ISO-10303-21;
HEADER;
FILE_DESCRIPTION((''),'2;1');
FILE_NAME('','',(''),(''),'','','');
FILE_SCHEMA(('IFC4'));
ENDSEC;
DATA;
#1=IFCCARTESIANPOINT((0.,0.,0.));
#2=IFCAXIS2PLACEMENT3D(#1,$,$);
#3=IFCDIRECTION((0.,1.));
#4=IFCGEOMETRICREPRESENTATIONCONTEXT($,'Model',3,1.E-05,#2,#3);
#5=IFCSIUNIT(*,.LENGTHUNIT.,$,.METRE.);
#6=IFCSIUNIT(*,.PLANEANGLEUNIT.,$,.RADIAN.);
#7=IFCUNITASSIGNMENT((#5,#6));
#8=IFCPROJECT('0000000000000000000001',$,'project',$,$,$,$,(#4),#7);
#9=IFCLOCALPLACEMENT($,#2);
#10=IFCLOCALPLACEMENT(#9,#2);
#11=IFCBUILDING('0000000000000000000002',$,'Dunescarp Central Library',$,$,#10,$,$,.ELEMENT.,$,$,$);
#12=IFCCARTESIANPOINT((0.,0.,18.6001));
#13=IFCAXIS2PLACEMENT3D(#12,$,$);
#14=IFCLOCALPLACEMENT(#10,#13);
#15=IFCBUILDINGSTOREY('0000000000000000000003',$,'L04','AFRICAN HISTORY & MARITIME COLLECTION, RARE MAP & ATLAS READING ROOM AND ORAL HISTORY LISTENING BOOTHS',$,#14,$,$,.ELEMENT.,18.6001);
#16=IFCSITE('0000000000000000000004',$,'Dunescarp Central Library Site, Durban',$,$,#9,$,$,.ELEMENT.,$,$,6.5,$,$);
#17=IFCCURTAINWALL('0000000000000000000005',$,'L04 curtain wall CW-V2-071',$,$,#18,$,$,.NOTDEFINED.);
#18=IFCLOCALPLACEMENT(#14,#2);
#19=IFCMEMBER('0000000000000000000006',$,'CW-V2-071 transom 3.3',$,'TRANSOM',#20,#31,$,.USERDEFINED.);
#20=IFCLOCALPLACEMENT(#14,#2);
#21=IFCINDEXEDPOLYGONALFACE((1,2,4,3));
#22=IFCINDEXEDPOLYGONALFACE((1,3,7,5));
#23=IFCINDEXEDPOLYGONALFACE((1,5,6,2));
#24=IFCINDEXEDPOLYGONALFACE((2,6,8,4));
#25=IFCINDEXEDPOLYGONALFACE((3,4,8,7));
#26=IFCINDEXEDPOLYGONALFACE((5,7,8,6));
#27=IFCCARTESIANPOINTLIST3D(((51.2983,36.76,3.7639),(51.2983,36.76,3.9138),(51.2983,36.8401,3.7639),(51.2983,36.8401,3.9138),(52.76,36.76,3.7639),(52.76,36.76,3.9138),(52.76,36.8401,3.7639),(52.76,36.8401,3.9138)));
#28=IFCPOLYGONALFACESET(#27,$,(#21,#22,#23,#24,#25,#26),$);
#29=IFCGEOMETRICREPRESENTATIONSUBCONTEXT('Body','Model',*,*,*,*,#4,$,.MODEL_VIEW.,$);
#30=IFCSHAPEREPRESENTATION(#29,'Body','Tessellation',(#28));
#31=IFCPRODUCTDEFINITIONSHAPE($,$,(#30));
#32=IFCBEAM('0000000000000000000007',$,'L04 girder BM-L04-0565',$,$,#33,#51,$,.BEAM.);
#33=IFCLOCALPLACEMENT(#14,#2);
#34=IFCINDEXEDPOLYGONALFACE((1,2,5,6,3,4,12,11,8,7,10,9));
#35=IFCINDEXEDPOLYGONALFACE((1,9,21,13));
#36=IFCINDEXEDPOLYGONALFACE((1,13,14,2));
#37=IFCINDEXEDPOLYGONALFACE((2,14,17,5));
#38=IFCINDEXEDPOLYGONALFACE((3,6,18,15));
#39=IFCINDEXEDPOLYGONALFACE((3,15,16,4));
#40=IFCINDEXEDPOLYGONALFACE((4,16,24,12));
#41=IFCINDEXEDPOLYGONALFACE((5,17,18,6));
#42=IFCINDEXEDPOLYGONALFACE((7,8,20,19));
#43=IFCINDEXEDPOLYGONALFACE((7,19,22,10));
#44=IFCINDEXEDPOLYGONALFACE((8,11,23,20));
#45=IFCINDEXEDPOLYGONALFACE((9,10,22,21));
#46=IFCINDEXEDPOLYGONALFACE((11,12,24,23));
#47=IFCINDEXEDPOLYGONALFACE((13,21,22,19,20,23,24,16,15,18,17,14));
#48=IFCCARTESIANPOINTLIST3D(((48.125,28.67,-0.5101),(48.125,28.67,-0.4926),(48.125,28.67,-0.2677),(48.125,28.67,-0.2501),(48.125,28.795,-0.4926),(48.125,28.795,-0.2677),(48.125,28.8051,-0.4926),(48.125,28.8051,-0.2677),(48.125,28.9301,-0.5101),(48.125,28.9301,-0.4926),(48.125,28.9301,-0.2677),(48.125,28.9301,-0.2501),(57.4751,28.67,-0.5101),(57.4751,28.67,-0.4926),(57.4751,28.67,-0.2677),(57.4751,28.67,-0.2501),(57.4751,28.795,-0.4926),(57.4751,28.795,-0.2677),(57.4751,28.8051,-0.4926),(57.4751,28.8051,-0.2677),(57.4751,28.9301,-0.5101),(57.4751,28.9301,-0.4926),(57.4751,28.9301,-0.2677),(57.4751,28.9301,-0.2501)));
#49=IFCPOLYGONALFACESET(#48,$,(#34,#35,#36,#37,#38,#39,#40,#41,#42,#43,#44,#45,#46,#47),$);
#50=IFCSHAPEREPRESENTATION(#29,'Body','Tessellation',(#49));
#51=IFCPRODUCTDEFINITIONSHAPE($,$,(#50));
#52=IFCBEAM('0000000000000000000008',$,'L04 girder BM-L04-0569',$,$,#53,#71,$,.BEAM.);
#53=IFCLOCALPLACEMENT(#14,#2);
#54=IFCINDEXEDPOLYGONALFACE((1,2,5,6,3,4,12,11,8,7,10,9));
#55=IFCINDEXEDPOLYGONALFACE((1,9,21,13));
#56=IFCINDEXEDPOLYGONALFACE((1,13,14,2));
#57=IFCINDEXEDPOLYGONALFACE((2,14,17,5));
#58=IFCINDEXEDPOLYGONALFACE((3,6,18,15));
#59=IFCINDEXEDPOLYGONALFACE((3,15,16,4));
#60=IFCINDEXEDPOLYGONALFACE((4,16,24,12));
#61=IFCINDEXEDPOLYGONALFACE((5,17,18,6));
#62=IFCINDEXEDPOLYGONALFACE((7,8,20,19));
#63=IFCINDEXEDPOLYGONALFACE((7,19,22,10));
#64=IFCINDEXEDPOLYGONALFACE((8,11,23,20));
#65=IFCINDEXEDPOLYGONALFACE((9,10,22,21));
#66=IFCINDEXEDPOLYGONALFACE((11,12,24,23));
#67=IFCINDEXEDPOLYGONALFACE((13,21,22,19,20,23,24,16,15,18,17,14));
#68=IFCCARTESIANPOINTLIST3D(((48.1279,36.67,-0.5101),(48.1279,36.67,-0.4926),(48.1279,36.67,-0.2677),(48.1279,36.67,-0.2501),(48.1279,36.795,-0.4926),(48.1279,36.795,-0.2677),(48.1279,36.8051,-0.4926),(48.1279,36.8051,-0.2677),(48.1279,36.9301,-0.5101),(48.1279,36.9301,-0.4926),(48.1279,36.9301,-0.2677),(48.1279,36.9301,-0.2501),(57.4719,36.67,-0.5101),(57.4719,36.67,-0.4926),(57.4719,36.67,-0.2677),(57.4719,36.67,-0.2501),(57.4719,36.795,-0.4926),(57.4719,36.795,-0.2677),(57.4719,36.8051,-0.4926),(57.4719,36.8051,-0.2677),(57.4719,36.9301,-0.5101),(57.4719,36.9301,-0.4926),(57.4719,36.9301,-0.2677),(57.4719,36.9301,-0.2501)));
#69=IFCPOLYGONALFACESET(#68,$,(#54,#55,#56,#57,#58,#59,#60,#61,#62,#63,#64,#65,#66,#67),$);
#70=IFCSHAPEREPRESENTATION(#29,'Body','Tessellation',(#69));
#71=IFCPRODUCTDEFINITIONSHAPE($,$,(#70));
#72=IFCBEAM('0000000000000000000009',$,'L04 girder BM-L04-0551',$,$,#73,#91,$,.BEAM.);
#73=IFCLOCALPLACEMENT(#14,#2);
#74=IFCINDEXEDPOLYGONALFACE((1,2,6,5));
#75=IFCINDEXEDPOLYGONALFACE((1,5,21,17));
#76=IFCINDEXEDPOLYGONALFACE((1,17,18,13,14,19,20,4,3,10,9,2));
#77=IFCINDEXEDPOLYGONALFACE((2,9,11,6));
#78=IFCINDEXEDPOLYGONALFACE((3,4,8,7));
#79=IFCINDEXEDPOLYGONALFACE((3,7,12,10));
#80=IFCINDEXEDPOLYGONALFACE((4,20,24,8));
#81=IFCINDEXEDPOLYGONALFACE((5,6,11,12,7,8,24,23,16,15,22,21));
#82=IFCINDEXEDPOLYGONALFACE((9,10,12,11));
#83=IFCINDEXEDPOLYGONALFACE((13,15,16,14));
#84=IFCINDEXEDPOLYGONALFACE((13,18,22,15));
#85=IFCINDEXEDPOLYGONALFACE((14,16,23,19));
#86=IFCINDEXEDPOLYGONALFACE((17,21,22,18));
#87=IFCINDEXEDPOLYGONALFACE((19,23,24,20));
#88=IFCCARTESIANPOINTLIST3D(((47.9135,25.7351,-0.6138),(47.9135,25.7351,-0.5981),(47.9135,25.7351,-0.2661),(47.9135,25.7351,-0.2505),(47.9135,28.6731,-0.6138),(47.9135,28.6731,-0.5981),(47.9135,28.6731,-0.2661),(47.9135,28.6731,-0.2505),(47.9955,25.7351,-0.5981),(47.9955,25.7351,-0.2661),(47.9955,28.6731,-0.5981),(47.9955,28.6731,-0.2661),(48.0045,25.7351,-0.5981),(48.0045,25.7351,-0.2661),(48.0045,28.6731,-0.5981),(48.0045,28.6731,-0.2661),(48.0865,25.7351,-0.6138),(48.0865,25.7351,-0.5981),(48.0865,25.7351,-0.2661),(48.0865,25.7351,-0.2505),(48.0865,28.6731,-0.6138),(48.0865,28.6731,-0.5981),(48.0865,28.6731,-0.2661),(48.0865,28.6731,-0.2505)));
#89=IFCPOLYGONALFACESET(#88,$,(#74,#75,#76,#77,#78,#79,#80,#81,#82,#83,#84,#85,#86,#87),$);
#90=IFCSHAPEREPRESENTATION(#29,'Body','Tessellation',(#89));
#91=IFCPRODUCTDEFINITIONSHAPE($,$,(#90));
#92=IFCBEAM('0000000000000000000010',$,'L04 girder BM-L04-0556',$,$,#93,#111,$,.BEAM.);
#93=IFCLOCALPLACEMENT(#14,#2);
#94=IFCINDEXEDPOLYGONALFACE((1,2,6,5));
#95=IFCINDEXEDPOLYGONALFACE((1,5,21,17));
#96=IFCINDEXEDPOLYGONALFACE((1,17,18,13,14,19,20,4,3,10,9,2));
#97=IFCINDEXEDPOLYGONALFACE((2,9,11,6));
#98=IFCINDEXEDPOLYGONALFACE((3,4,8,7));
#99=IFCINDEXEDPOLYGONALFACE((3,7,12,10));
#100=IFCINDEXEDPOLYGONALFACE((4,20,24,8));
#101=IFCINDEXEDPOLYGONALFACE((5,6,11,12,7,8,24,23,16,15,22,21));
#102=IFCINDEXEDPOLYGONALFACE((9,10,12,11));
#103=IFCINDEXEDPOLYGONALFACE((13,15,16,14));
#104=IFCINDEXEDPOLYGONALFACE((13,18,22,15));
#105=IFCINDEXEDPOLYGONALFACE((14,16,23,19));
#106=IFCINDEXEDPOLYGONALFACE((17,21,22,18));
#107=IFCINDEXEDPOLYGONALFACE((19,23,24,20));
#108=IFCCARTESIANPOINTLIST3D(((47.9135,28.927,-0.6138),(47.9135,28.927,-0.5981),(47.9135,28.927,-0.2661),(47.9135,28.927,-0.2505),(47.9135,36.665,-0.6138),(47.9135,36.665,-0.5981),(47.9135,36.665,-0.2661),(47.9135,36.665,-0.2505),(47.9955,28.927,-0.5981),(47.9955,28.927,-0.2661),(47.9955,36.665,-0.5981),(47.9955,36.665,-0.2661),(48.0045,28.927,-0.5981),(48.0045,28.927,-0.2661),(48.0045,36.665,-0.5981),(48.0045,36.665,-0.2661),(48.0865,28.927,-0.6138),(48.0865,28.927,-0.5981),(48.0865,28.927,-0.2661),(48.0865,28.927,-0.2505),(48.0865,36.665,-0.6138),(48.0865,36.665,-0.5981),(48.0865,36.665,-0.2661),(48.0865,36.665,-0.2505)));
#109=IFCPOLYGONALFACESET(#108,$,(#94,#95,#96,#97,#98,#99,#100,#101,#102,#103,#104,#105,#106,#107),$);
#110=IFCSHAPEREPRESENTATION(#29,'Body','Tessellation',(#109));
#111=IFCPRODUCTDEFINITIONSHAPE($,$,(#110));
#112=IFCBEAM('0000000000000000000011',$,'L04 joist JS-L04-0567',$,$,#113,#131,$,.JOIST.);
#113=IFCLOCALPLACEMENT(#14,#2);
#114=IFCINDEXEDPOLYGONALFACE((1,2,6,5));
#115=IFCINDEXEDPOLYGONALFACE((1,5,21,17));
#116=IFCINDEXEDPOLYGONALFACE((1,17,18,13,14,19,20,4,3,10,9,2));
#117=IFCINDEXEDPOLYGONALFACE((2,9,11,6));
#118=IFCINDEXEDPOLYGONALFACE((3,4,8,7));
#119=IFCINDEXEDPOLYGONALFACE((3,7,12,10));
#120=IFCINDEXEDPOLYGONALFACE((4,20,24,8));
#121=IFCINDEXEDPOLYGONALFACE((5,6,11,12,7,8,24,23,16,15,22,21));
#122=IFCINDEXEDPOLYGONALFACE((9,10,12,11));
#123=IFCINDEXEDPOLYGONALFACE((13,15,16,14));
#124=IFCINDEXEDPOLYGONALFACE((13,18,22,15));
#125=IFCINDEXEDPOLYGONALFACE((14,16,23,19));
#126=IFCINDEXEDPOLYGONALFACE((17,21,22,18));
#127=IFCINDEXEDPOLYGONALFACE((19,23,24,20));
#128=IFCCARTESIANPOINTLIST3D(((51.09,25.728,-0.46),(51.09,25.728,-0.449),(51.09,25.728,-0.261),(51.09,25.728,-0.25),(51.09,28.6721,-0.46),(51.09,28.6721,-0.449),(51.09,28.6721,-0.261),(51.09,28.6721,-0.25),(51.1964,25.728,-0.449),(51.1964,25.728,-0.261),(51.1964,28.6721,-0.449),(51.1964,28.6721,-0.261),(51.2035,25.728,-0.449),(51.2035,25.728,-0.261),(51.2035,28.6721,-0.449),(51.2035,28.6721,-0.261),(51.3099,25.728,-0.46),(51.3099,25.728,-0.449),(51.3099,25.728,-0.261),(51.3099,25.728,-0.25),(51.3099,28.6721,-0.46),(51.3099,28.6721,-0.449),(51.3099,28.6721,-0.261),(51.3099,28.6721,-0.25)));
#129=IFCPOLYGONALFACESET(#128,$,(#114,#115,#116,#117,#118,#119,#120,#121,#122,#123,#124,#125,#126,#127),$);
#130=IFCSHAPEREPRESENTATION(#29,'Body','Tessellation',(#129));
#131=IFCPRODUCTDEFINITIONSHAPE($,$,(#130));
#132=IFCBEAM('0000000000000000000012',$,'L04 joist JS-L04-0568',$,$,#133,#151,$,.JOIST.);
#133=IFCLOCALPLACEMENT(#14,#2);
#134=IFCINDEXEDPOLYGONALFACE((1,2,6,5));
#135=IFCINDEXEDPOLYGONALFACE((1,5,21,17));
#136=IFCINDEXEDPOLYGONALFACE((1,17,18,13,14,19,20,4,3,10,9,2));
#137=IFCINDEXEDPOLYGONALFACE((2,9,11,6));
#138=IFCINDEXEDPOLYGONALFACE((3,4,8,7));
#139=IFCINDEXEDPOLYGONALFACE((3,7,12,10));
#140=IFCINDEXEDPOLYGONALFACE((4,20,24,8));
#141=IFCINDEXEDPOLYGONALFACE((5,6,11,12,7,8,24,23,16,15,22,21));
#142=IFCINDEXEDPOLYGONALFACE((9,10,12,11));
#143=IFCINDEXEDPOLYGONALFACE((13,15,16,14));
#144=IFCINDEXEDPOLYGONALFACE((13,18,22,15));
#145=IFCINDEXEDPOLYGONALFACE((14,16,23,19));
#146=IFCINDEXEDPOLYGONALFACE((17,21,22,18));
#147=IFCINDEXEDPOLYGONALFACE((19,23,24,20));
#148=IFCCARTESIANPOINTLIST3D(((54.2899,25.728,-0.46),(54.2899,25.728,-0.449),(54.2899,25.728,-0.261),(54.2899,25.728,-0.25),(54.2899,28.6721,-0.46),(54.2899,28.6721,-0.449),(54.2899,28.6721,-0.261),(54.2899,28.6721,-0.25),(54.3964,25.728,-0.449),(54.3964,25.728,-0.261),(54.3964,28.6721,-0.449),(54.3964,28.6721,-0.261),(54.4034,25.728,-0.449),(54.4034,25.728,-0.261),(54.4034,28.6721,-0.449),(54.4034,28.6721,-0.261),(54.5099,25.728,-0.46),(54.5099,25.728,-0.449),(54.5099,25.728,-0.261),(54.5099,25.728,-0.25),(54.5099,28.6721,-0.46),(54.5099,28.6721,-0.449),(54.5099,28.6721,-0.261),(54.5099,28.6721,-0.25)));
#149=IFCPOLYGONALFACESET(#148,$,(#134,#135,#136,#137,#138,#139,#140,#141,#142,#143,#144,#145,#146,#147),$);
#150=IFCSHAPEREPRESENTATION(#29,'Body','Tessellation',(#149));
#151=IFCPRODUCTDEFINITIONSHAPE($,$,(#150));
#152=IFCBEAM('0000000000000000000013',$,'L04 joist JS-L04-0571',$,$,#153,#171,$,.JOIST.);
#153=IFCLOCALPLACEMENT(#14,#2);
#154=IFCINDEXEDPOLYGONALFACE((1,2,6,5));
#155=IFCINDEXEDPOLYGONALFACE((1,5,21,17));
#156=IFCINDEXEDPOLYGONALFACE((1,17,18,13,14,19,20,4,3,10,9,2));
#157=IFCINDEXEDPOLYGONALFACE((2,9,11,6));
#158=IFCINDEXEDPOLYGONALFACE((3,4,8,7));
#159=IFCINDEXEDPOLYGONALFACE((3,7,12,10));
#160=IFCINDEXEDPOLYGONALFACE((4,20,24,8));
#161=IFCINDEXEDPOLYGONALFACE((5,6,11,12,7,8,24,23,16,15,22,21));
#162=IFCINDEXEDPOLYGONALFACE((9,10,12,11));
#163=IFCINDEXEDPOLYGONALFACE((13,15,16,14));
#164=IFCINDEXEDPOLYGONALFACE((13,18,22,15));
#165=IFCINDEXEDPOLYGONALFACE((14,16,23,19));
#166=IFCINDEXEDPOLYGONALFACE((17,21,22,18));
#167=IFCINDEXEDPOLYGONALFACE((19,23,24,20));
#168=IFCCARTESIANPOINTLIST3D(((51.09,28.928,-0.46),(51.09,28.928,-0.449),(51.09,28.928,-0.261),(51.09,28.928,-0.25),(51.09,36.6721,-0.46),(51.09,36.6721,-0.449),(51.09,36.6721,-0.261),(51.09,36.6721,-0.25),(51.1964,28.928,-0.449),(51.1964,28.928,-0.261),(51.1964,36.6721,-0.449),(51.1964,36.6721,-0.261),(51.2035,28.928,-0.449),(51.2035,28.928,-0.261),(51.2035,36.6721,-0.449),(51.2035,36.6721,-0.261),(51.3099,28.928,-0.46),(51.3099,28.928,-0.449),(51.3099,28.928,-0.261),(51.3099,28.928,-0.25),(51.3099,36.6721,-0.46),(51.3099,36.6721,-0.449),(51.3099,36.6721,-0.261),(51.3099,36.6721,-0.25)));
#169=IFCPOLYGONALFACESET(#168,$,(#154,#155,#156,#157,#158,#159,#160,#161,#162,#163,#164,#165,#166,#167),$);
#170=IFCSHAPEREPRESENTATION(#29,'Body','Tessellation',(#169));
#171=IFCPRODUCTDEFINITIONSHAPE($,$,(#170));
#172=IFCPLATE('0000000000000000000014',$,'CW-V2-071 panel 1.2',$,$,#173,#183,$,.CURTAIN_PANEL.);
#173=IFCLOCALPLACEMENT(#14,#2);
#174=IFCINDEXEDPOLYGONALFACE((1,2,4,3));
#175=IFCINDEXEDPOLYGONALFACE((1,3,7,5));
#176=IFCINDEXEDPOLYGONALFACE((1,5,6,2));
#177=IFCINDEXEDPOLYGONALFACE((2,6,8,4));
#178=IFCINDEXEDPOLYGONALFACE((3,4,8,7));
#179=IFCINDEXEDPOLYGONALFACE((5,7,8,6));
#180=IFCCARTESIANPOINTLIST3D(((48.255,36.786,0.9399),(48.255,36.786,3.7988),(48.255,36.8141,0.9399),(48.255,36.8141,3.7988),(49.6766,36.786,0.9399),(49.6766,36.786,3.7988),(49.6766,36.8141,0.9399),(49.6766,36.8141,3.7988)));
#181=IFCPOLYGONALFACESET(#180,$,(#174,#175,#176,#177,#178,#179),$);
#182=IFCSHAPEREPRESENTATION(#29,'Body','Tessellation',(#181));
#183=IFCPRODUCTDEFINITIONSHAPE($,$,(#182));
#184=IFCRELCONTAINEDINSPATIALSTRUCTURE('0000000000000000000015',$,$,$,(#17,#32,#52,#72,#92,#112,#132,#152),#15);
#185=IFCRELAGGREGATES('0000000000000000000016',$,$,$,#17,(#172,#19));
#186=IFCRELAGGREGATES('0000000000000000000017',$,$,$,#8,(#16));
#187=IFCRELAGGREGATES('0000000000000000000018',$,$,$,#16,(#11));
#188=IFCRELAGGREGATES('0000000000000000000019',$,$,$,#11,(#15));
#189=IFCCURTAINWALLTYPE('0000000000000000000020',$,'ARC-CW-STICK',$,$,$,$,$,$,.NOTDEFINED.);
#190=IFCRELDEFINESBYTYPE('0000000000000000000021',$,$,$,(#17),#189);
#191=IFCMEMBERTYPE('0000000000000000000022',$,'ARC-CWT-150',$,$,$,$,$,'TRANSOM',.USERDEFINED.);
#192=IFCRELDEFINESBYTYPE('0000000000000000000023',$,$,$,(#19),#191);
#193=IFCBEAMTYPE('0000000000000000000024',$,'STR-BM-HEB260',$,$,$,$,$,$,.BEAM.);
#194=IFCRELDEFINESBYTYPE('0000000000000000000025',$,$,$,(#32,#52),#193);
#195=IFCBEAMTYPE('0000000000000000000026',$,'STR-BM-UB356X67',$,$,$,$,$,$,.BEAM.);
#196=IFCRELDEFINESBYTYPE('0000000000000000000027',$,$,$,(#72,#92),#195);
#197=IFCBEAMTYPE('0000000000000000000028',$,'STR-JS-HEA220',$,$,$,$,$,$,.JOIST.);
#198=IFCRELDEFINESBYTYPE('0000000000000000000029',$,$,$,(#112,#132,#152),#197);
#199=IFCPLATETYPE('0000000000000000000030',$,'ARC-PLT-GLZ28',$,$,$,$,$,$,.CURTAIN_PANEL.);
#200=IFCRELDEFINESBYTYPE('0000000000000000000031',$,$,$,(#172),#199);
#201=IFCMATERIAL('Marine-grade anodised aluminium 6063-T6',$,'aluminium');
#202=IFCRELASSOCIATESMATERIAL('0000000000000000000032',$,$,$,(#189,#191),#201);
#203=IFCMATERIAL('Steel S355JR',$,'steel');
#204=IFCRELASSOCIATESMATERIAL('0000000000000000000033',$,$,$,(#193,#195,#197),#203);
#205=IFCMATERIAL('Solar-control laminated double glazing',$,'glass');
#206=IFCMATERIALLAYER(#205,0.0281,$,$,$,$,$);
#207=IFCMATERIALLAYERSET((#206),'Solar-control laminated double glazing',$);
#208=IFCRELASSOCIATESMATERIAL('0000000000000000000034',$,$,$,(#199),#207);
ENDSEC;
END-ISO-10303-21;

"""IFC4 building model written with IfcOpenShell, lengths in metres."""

from ifc_helpers import new_model, si_unit, direction, frame, origin, origin_2d, place, context, subcontext, project, spatial, rectangle, i_section, extrude, material, layer, layer_set, material_profile, profile_set, type_object, element, aggregate, save


model = new_model("IFC4")

# Units and contexts
model_context = context("Model", 3, precision=1e-05, world=origin(), true_north=direction((0.0, 1.0)))
body_context = subcontext(model_context, "Body", "Model", "MODEL_VIEW")
ifc_project = project(units=[si_unit("LENGTHUNIT", "METRE"), si_unit("PLANEANGLEUNIT", "RADIAN")], contexts=[model_context])

# Site, building, storey
site_placement = place(None, origin())
site = spatial("IfcSite", under=ifc_project, at=site_placement, Name="Dunescarp Central Library Site, Durban", CompositionType="ELEMENT", RefElevation=6.5)
building_placement = place(site_placement, origin())
building = spatial("IfcBuilding", under=site, at=building_placement, Name="Dunescarp Central Library", CompositionType="ELEMENT")
storey_placement = place(building_placement, frame((0.0, 0.0, 18.6001)))
storey = spatial("IfcBuildingStorey", under=building, at=storey_placement, Name="L04", Description="AFRICAN HISTORY & MARITIME COLLECTION, RARE MAP & ATLAS READING ROOM AND ORAL HISTORY LISTENING BOOTHS", CompositionType="ELEMENT", Elevation=18.6001)

# Shared definitions
ifc_material_1 = material(Name="Steel S355JR", Category="steel")

# Curtain wall, member
ifc_material_2 = material(Name="Marine-grade anodised aluminium 6063-T6", Category="aluminium")
curtain_wall_type = type_object("IfcCurtainWallType", Name="ARC-CW-STICK", PredefinedType="NOTDEFINED", material=ifc_material_2)
curtain_wall_placement = place(storey_placement, origin())
curtain_wall = element("IfcCurtainWall", 1, at=curtain_wall_placement, inside=storey, type_object=curtain_wall_type, Name="L04 curtain wall CW-V2-071", PredefinedType="NOTDEFINED")
ifc_material_profile_1 = material_profile(ifc_material_2, rectangle(XDim=0.0801, YDim=0.1499, at=origin_2d()), Name="AL 80x150")
ifc_profile_set_1 = profile_set([ifc_material_profile_1], Name="Marine-grade anodised aluminium 6063-T6")
member_type_1 = type_object("IfcMemberType", Name="ARC-CWT-150", ElementType="TRANSOM", PredefinedType="USERDEFINED", material=ifc_profile_set_1)
member_1_placement = place(storey_placement, frame((51.2983, 36.8, 3.8389), z_axis=(1.0, 0.0, 0.0), x_axis=(0.0, 1.0, 0.0)))
member_1 = element("IfcMember", 2, at=member_1_placement, type_object=member_type_1, Name="CW-V2-071 transom 3.3", ObjectType="TRANSOM", PredefinedType="USERDEFINED", context=body_context, shape_type="SweptSolid", body=[
    extrude(rectangle(XDim=0.0801, YDim=0.1499, at=origin_2d()), origin(), (0.0, 0.0, 1.0), 1.4617),
])

# Beams
ifc_material_profile_2 = material_profile(ifc_material_1, i_section(OverallWidth=0.26, OverallDepth=0.26, WebThickness=0.01, FlangeThickness=0.0176, at=origin_2d()), Name="HEB 260")
ifc_profile_set_2 = profile_set([ifc_material_profile_2], Name="Steel S355JR")
beam_type_1 = type_object("IfcBeamType", Name="STR-BM-HEB260", PredefinedType="BEAM", material=ifc_profile_set_2)
beam_1_placement = place(storey_placement, frame((48.125, 28.8, -0.3801), z_axis=(1.0, 0.0, 0.0), x_axis=(0.0, 1.0, 0.0)))
element("IfcBeam", 3, at=beam_1_placement, inside=storey, type_object=beam_type_1, Name="L04 girder BM-L04-0565", PredefinedType="BEAM", context=body_context, shape_type="SweptSolid", body=[
    extrude(i_section(OverallWidth=0.26, OverallDepth=0.26, WebThickness=0.01, FlangeThickness=0.0176, at=origin_2d()), origin(), (0.0, 0.0, 1.0), 9.3501),
])
beam_2_placement = place(storey_placement, frame((48.1279, 36.8, -0.3801), z_axis=(1.0, 0.0, 0.0), x_axis=(0.0, 1.0, 0.0)))
element("IfcBeam", 4, at=beam_2_placement, inside=storey, type_object=beam_type_1, Name="L04 girder BM-L04-0569", PredefinedType="BEAM", context=body_context, shape_type="SweptSolid", body=[
    extrude(i_section(OverallWidth=0.26, OverallDepth=0.26, WebThickness=0.01, FlangeThickness=0.0176, at=origin_2d()), origin(), (0.0, 0.0, 1.0), 9.344),
])
ifc_material_profile_3 = material_profile(ifc_material_1, i_section(OverallWidth=0.1731, OverallDepth=0.3633, WebThickness=0.009, FlangeThickness=0.0156, at=origin_2d()), Name="UB 356x171x67")
ifc_profile_set_3 = profile_set([ifc_material_profile_3], Name="Steel S355JR")
beam_type_2 = type_object("IfcBeamType", Name="STR-BM-UB356X67", PredefinedType="BEAM", material=ifc_profile_set_3)
beam_3_placement = place(storey_placement, frame((48.0, 25.7351, -0.4321), z_axis=(0.0, 1.0, 0.0), x_axis=(-1.0, 0.0, 0.0)))
element("IfcBeam", 5, at=beam_3_placement, inside=storey, type_object=beam_type_2, Name="L04 girder BM-L04-0551", PredefinedType="BEAM", context=body_context, shape_type="SweptSolid", body=[
    extrude(i_section(OverallWidth=0.1731, OverallDepth=0.3633, WebThickness=0.009, FlangeThickness=0.0156, at=origin_2d()), origin(), (0.0, 0.0, 1.0), 2.938),
])
beam_4_placement = place(storey_placement, frame((48.0, 28.927, -0.4321), z_axis=(0.0, 1.0, 0.0), x_axis=(-1.0, 0.0, 0.0)))
element("IfcBeam", 6, at=beam_4_placement, inside=storey, type_object=beam_type_2, Name="L04 girder BM-L04-0556", PredefinedType="BEAM", context=body_context, shape_type="SweptSolid", body=[
    extrude(i_section(OverallWidth=0.1731, OverallDepth=0.3633, WebThickness=0.009, FlangeThickness=0.0156, at=origin_2d()), origin(), (0.0, 0.0, 1.0), 7.738),
])
ifc_material_profile_4 = material_profile(ifc_material_1, i_section(OverallWidth=0.22, OverallDepth=0.21, WebThickness=0.0071, FlangeThickness=0.011, at=origin_2d()), Name="HEA 220")
ifc_profile_set_4 = profile_set([ifc_material_profile_4], Name="Steel S355JR")
beam_type_3 = type_object("IfcBeamType", Name="STR-JS-HEA220", PredefinedType="JOIST", material=ifc_profile_set_4)
for number, where, z_axis, x_axis, name in (
    (7, (51.2, 25.728, -0.355), (0.0, 1.0, 0.0), (-1.0, 0.0, 0.0), "L04 joist JS-L04-0567"),
    (8, (54.3999, 25.728, -0.355), (0.0, 1.0, 0.0), (-1.0, 0.0, 0.0), "L04 joist JS-L04-0568"),
):
    element("IfcBeam", number, at=place(storey_placement, frame(where, z_axis=z_axis, x_axis=x_axis)), inside=storey, type_object=beam_type_3, Name=name, PredefinedType="JOIST", context=body_context, shape_type="SweptSolid", body=[
        extrude(i_section(OverallWidth=0.22, OverallDepth=0.21, WebThickness=0.0071, FlangeThickness=0.011, at=origin_2d()), origin(), (0.0, 0.0, 1.0), 2.9441),
    ])
beam_5_placement = place(storey_placement, frame((51.2, 28.928, -0.355), z_axis=(0.0, 1.0, 0.0), x_axis=(-1.0, 0.0, 0.0)))
element("IfcBeam", 9, at=beam_5_placement, inside=storey, type_object=beam_type_3, Name="L04 joist JS-L04-0571", PredefinedType="JOIST", context=body_context, shape_type="SweptSolid", body=[
    extrude(i_section(OverallWidth=0.22, OverallDepth=0.21, WebThickness=0.0071, FlangeThickness=0.011, at=origin_2d()), origin(), (0.0, 0.0, 1.0), 7.7441),
])

# Plate
ifc_material_3 = material(Name="Solar-control laminated double glazing", Category="glass")
ifc_layer_1 = layer(ifc_material_3, 0.0281)
ifc_layer_set_1 = layer_set([ifc_layer_1], Name="Solar-control laminated double glazing")
plate_type_1 = type_object("IfcPlateType", Name="ARC-PLT-GLZ28", PredefinedType="CURTAIN_PANEL", material=ifc_layer_set_1)
plate_1_placement = place(storey_placement, frame((48.9658, 36.8, 0.9399), z_axis=(0.0, 0.0, 1.0), x_axis=(1.0, 0.0, 0.0)))
plate_1 = element("IfcPlate", 10, at=plate_1_placement, type_object=plate_type_1, Name="CW-V2-071 panel 1.2", PredefinedType="CURTAIN_PANEL", context=body_context, shape_type="SweptSolid", body=[
    extrude(rectangle(XDim=1.4216, YDim=0.0281, at=origin_2d()), origin(), (0.0, 0.0, 1.0), 2.8589),
])
aggregate(curtain_wall, [plate_1, member_1])

save(model, "model.ifc")
